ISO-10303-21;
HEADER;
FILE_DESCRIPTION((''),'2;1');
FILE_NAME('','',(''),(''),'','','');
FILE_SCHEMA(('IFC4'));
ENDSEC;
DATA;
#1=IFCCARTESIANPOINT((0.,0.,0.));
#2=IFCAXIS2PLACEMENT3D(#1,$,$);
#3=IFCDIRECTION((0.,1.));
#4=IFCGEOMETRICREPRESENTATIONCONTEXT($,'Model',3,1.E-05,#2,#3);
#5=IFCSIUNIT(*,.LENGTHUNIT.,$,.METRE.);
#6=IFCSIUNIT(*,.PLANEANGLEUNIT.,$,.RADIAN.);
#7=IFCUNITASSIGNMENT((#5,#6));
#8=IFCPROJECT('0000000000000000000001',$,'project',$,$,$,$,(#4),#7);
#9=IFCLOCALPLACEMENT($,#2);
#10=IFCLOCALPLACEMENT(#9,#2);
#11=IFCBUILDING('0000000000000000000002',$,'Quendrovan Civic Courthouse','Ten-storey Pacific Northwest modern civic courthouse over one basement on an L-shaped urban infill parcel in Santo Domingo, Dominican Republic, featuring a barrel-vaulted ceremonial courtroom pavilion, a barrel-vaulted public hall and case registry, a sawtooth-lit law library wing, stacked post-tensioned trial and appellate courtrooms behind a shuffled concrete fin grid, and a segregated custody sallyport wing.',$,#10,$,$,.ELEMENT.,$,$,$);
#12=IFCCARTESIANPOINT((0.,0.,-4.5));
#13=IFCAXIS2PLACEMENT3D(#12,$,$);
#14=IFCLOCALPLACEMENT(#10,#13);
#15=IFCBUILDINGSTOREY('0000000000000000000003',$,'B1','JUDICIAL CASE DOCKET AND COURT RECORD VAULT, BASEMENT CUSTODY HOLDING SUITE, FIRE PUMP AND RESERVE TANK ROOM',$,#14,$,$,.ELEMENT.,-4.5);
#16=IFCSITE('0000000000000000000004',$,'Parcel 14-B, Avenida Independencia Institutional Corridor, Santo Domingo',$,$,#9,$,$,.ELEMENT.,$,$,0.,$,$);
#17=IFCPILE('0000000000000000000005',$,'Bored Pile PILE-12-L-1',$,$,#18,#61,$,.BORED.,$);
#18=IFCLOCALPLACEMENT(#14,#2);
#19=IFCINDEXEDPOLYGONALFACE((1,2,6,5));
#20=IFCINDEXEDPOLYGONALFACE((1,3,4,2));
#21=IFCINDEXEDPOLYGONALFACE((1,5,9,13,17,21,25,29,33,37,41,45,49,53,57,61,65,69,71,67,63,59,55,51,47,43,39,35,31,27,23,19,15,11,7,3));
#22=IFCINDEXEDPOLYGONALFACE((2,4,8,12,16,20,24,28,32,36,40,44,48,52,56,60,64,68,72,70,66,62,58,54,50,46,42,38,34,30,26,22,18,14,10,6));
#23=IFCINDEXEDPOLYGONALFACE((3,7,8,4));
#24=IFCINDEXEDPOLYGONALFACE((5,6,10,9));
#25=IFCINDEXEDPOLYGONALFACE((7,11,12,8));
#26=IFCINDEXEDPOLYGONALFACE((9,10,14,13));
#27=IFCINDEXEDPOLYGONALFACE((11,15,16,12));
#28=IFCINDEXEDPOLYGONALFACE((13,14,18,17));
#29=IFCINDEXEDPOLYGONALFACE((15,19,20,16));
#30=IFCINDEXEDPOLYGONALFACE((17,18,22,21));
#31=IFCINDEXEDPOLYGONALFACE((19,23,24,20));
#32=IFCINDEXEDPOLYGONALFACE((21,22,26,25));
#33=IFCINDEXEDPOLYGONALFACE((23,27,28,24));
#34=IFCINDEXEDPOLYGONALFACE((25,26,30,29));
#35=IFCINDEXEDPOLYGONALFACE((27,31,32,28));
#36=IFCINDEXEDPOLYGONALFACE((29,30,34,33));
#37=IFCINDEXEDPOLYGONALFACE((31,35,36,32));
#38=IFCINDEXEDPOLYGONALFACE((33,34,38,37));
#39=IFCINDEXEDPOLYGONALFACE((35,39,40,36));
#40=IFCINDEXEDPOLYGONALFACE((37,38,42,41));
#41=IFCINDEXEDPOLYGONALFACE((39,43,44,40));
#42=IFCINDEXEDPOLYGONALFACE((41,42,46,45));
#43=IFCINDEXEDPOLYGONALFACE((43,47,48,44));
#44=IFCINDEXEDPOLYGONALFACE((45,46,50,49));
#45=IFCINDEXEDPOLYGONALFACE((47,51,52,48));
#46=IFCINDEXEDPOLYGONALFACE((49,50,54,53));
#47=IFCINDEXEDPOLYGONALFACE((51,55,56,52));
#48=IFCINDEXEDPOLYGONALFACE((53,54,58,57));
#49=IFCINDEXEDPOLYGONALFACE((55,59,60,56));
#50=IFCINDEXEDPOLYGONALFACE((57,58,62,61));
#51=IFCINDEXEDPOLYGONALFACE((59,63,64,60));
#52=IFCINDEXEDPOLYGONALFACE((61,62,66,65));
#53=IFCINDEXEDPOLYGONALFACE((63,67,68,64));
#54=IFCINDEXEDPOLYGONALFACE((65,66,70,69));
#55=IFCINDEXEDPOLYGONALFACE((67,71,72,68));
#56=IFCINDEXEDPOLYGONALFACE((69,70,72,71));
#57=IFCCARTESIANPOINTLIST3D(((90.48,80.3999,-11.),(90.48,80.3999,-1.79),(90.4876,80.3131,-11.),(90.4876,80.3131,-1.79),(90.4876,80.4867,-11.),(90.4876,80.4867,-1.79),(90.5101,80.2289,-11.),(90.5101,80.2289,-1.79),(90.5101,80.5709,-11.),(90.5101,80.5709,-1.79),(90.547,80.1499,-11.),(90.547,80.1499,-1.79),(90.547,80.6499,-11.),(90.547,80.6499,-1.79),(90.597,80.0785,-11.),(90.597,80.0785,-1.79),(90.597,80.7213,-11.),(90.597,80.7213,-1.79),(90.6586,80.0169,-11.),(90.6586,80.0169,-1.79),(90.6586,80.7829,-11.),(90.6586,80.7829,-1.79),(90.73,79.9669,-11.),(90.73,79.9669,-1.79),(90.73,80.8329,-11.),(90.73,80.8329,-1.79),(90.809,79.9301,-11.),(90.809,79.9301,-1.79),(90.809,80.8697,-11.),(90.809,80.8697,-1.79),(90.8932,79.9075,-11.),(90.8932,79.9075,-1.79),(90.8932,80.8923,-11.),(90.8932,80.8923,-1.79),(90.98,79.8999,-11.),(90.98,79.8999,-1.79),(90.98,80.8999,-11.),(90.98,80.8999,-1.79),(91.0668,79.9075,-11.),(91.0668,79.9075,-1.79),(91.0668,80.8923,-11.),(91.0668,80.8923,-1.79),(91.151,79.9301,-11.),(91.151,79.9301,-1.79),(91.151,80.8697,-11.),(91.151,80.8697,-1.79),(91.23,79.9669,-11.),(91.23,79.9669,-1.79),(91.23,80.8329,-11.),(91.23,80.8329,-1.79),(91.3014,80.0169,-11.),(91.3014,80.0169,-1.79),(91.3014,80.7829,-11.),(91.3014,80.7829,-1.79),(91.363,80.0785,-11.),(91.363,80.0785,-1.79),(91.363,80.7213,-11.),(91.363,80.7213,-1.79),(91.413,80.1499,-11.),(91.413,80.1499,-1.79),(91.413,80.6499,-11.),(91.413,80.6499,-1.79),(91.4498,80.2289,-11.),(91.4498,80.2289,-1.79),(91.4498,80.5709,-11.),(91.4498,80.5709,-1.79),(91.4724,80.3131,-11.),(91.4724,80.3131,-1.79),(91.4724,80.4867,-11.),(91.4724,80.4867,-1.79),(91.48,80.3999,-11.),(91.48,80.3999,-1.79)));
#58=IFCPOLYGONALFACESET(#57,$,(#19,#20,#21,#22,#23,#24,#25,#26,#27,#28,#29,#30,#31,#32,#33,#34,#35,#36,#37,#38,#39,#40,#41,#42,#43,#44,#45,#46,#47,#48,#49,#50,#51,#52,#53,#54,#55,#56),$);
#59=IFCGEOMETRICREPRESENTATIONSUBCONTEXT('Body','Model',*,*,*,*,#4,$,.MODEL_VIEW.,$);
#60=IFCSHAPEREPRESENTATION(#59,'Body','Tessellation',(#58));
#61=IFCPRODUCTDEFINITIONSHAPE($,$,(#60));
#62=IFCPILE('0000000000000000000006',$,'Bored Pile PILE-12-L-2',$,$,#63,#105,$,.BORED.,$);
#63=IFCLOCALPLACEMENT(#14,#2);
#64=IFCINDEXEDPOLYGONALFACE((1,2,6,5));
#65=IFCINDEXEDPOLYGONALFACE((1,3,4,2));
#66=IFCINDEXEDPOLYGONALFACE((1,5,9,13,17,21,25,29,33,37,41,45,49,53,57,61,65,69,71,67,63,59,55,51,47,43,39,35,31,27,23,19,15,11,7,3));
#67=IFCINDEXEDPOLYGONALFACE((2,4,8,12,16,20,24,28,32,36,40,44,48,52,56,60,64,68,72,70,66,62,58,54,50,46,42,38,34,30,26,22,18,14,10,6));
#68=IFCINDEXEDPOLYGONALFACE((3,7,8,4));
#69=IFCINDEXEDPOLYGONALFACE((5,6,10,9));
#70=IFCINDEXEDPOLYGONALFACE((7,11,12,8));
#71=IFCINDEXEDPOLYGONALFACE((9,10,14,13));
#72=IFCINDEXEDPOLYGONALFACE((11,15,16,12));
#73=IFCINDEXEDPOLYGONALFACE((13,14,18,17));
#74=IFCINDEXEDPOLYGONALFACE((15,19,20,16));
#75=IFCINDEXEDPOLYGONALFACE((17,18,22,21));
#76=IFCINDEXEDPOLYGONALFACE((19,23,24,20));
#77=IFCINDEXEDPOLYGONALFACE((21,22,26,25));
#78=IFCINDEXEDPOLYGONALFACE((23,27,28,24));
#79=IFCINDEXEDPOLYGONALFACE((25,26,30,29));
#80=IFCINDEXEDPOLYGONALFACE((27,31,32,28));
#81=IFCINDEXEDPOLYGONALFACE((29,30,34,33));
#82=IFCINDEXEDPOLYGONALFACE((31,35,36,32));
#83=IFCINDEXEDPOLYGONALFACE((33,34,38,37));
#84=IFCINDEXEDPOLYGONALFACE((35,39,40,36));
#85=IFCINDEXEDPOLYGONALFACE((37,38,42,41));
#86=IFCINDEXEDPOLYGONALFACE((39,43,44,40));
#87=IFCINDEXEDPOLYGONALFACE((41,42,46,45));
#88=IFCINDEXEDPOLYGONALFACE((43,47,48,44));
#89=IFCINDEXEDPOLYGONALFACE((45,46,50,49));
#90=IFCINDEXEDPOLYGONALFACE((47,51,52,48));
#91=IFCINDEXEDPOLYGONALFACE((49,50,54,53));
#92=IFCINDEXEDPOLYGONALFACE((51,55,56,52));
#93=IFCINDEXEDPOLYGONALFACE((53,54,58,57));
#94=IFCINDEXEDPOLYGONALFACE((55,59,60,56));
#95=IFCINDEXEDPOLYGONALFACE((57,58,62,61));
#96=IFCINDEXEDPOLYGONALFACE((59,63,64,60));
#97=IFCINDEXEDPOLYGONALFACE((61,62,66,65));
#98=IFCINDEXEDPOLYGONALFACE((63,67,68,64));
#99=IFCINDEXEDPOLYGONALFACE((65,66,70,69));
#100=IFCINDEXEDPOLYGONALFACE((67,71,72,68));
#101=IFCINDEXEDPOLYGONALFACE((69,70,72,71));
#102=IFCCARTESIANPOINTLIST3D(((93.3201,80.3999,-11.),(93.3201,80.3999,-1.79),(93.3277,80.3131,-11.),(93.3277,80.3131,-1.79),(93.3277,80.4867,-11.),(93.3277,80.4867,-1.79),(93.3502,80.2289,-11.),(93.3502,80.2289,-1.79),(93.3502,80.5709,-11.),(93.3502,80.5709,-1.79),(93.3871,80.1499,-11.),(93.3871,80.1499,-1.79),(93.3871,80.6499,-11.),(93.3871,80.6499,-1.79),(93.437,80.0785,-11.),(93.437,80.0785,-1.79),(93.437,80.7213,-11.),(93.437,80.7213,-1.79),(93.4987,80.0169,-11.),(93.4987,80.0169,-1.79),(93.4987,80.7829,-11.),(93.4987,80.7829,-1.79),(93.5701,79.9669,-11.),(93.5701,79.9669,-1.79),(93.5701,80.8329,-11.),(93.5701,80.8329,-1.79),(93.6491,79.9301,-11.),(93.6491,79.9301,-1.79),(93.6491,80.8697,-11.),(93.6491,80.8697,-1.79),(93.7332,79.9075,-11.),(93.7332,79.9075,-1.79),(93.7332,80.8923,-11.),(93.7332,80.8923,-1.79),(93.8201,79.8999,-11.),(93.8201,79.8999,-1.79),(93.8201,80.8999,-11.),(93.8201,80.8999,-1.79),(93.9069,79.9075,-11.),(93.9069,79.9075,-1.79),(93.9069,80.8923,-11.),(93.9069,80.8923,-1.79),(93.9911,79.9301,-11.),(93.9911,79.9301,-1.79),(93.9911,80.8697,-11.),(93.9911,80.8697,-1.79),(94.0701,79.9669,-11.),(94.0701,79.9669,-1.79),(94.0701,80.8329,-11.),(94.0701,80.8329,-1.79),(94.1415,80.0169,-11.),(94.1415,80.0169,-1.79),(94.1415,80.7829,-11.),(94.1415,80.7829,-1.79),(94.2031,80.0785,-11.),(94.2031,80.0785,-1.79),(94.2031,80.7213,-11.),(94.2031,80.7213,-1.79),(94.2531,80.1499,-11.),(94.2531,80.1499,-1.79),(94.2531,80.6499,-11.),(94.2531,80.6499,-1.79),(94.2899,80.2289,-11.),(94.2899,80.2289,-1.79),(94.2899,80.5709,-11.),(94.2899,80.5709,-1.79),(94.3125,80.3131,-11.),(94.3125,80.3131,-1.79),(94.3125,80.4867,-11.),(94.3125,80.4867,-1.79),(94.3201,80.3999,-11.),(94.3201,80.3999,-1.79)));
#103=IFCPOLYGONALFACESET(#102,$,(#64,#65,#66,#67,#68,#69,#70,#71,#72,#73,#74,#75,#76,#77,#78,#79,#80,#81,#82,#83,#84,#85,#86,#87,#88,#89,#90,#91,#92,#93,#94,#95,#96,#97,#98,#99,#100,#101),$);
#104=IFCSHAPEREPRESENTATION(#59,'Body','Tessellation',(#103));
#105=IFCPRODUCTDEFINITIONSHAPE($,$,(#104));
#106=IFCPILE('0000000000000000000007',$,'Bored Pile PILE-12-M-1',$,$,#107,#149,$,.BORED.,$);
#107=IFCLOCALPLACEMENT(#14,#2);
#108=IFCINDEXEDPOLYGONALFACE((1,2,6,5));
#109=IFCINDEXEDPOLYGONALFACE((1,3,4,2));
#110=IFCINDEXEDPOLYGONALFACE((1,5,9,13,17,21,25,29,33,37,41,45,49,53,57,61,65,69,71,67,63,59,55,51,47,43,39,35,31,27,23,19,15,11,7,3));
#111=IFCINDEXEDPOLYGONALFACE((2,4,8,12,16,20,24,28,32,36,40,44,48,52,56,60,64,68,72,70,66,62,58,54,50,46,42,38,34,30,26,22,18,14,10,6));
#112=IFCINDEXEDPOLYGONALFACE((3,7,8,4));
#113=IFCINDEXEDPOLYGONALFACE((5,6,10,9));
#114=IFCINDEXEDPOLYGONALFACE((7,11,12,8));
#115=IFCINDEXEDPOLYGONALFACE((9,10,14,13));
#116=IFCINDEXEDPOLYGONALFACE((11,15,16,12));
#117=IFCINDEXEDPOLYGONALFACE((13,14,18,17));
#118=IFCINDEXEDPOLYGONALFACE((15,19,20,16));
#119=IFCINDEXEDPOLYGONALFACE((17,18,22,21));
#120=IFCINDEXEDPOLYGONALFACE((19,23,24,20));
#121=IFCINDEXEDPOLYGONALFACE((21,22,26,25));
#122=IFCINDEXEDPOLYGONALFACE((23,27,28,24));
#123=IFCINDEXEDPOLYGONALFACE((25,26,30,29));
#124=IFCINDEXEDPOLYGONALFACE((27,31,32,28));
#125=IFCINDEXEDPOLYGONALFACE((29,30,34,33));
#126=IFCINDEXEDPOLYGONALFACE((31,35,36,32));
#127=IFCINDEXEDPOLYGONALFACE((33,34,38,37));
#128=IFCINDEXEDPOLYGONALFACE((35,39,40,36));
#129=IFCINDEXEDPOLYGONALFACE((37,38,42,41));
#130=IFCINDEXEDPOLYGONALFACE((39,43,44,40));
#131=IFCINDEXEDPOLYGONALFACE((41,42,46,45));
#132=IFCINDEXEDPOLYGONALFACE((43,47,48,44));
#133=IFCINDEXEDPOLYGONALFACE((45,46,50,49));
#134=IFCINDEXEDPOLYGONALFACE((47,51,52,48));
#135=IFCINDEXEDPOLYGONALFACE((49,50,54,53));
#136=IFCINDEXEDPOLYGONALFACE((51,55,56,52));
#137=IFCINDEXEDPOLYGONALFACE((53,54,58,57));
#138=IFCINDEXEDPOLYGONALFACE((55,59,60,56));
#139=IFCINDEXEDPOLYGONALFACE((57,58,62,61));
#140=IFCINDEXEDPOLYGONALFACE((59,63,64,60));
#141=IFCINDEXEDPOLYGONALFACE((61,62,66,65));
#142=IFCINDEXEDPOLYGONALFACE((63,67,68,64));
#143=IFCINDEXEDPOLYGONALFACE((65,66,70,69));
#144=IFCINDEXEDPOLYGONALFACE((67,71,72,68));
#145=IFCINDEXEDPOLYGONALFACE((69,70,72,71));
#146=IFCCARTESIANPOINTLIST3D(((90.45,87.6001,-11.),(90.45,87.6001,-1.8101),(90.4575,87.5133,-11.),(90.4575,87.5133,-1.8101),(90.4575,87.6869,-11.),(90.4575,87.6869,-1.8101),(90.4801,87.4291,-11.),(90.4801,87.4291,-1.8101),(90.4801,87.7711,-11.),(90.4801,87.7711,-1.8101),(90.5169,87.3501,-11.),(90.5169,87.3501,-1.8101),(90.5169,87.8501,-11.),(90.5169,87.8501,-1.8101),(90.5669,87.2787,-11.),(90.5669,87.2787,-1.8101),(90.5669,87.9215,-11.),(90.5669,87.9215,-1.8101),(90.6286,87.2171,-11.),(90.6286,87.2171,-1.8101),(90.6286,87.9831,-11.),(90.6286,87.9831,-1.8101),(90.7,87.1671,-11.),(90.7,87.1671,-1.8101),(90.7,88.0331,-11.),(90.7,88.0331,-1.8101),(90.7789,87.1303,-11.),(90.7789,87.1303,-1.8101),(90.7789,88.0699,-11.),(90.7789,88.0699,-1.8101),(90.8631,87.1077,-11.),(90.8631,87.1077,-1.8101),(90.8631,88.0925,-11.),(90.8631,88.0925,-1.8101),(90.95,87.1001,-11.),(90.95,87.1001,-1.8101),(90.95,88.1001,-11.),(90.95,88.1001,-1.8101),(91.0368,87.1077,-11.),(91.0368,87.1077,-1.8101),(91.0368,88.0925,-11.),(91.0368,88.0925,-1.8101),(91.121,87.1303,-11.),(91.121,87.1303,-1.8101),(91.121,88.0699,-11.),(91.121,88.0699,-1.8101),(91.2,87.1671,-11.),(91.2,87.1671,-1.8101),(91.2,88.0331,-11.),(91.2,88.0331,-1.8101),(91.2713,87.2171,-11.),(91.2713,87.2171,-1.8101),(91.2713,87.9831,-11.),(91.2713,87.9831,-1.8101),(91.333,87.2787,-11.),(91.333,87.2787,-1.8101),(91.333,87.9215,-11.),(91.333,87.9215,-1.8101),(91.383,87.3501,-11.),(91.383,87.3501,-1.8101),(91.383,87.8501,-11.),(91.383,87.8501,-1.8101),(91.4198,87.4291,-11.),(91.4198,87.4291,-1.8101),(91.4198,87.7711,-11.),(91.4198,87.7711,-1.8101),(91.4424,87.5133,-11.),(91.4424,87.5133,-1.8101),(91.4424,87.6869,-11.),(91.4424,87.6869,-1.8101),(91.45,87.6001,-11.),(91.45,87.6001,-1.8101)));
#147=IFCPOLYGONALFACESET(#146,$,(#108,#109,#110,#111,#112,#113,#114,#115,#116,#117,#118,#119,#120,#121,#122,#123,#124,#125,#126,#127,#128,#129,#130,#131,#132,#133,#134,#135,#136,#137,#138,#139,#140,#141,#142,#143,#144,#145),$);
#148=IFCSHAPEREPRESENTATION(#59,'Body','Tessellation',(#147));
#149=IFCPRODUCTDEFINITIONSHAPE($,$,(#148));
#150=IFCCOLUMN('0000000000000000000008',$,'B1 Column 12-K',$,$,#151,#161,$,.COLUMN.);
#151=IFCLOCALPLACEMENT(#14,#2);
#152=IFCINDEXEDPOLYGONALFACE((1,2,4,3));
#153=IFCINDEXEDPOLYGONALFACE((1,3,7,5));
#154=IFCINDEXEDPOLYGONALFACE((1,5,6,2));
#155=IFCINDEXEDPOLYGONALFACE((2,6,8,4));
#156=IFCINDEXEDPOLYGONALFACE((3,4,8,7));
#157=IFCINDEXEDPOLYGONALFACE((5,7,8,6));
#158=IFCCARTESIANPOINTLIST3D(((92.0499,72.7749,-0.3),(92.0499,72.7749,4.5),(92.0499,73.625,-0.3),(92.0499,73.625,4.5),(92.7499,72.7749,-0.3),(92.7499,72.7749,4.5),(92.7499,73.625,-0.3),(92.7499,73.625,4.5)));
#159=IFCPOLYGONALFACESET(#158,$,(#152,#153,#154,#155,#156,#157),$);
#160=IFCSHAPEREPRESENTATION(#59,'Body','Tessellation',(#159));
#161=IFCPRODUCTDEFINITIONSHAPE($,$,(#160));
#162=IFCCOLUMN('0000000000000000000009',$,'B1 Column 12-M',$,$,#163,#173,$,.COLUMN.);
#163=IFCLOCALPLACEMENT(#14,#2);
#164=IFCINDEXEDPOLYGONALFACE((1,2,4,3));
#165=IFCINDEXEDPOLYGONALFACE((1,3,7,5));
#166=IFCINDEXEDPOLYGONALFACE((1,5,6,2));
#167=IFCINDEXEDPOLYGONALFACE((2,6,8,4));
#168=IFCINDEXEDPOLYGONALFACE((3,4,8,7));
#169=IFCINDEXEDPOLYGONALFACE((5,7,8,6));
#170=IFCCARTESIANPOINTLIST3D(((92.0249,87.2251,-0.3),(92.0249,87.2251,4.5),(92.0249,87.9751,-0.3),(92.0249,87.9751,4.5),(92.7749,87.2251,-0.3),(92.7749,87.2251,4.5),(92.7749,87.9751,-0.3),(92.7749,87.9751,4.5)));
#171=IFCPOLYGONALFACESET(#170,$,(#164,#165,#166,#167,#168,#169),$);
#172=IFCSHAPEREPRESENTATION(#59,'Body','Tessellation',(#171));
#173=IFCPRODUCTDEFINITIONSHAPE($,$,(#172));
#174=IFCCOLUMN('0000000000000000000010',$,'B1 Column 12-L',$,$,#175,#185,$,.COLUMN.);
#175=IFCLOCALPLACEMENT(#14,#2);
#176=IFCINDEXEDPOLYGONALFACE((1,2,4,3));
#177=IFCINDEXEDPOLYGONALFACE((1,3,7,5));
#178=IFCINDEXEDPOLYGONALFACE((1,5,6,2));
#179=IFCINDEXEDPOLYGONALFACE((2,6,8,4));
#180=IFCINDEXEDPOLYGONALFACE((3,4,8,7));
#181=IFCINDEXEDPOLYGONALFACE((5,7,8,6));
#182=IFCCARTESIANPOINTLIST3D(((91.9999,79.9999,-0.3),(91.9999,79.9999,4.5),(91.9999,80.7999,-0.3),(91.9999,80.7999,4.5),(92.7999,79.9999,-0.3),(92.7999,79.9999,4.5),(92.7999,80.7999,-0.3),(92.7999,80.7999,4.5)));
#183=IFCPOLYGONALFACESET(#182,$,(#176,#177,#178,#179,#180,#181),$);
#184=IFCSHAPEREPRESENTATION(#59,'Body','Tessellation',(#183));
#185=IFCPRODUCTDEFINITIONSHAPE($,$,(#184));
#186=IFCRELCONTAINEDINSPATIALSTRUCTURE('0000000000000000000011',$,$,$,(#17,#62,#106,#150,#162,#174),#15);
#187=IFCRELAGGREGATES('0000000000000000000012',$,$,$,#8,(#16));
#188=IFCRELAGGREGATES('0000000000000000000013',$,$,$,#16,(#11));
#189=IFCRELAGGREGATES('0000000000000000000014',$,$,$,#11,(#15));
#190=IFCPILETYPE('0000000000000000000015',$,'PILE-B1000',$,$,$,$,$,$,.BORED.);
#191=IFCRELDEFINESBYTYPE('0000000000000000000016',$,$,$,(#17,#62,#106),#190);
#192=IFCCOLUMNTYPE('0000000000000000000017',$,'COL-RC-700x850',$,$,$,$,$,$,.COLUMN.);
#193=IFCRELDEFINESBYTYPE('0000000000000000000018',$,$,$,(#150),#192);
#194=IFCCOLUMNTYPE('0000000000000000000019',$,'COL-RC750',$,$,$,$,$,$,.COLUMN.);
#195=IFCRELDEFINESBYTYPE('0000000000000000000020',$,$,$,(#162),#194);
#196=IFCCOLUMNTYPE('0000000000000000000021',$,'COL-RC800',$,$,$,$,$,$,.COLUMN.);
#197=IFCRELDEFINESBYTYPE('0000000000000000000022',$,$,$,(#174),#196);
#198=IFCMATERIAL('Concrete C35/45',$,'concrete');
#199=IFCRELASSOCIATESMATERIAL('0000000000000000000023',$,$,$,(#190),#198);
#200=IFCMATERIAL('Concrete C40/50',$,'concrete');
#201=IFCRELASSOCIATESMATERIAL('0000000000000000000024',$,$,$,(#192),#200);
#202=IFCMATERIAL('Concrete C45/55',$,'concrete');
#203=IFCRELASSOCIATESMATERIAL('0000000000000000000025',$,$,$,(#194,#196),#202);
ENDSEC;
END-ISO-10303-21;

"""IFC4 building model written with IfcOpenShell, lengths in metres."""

from ifc_helpers import new_model, si_unit, direction, frame, origin, origin_2d, place, context, subcontext, project, spatial, rectangle, circle, extrude, material, material_profile, profile_set, type_object, element, save


model = new_model("IFC4")

# Units and contexts
model_context = context("Model", 3, precision=1e-05, world=origin(), true_north=direction((0.0, 1.0)))
body_context = subcontext(model_context, "Body", "Model", "MODEL_VIEW")
ifc_project = project(units=[si_unit("LENGTHUNIT", "METRE"), si_unit("PLANEANGLEUNIT", "RADIAN")], contexts=[model_context])

# Site, building, storey
site_placement = place(None, origin())
site = spatial("IfcSite", under=ifc_project, at=site_placement, Name="Parcel 14-B, Avenida Independencia Institutional Corridor, Santo Domingo", CompositionType="ELEMENT", RefElevation=0.0)
building_placement = place(site_placement, origin())
building = spatial("IfcBuilding", under=site, at=building_placement, Name="Quendrovan Civic Courthouse", Description="Ten-storey Pacific Northwest modern civic courthouse over one basement on an L-shaped urban infill parcel in Santo Domingo, Dominican Republic, featuring a barrel-vaulted ceremonial courtroom pavilion, a barrel-vaulted public hall and case registry, a sawtooth-lit law library wing, stacked post-tensioned trial and appellate courtrooms behind a shuffled concrete fin grid, and a segregated custody sallyport wing.", CompositionType="ELEMENT")
storey_placement = place(building_placement, frame((0.0, 0.0, -4.5)))
storey = spatial("IfcBuildingStorey", under=building, at=storey_placement, Name="B1", Description="JUDICIAL CASE DOCKET AND COURT RECORD VAULT, BASEMENT CUSTODY HOLDING SUITE, FIRE PUMP AND RESERVE TANK ROOM", CompositionType="ELEMENT", Elevation=-4.5)

# Shared definitions
ifc_material_1 = material(Name="Concrete C35/45", Category="concrete")

# Piles
ifc_material_profile_1 = material_profile(ifc_material_1, circle(Radius=0.5, at=origin_2d()), Name="PILE-D1000")
ifc_profile_set_1 = profile_set([ifc_material_profile_1], Name="Concrete C35/45")
pile_type = type_object("IfcPileType", Name="PILE-B1000", PredefinedType="BORED", material=ifc_profile_set_1)
for number, where, z_axis, x_axis, name in (
    (1, (90.98, 80.3999, -1.79), (0.0, 0.0, -1.0), (1.0, 0.0, 0.0), "Bored Pile PILE-12-L-1"),
    (2, (93.8201, 80.3999, -1.79), (0.0, 0.0, -1.0), (1.0, 0.0, 0.0), "Bored Pile PILE-12-L-2"),
):
    element("IfcPile", number, at=place(storey_placement, frame(where, z_axis=z_axis, x_axis=x_axis)), inside=storey, type_object=pile_type, Name=name, PredefinedType="BORED", context=body_context, shape_type="SweptSolid", body=[
        extrude(circle(Radius=0.5, at=origin_2d()), origin(), (0.0, 0.0, 1.0), 9.21),
    ])
pile_placement = place(storey_placement, frame((90.95, 87.6001, -1.8101), z_axis=(0.0, 0.0, -1.0), x_axis=(1.0, 0.0, 0.0)))
element("IfcPile", 3, at=pile_placement, inside=storey, type_object=pile_type, Name="Bored Pile PILE-12-M-1", PredefinedType="BORED", context=body_context, shape_type="SweptSolid", body=[
    extrude(circle(Radius=0.5, at=origin_2d()), origin(), (0.0, 0.0, 1.0), 9.1899),
])

# Columns
ifc_material_2 = material(Name="Concrete C40/50", Category="concrete")
ifc_material_profile_2 = material_profile(ifc_material_2, rectangle(XDim=0.7, YDim=0.8501, at=origin_2d()), Name="RC-COL-700x850")
ifc_profile_set_2 = profile_set([ifc_material_profile_2], Name="Concrete C40/50")
column_type_1 = type_object("IfcColumnType", Name="COL-RC-700x850", PredefinedType="COLUMN", material=ifc_profile_set_2)
column_1_placement = place(storey_placement, frame((92.3999, 73.2, -0.3), z_axis=(0.0, 0.0, 1.0), x_axis=(1.0, 0.0, 0.0)))
element("IfcColumn", 4, at=column_1_placement, inside=storey, type_object=column_type_1, Name="B1 Column 12-K", PredefinedType="COLUMN", context=body_context, shape_type="SweptSolid", body=[
    extrude(rectangle(XDim=0.7, YDim=0.8501, at=origin_2d()), origin(), (0.0, 0.0, 1.0), 4.8),
])
ifc_material_3 = material(Name="Concrete C45/55", Category="concrete")
ifc_material_profile_3 = material_profile(ifc_material_3, rectangle(XDim=0.75, YDim=0.75, at=origin_2d()), Name="RC-COL-750x750")
ifc_profile_set_3 = profile_set([ifc_material_profile_3], Name="Concrete C45/55")
column_type_2 = type_object("IfcColumnType", Name="COL-RC750", PredefinedType="COLUMN", material=ifc_profile_set_3)
column_2_placement = place(storey_placement, frame((92.3999, 87.6001, -0.3), z_axis=(0.0, 0.0, 1.0), x_axis=(1.0, 0.0, 0.0)))
element("IfcColumn", 5, at=column_2_placement, inside=storey, type_object=column_type_2, Name="B1 Column 12-M", PredefinedType="COLUMN", context=body_context, shape_type="SweptSolid", body=[
    extrude(rectangle(XDim=0.75, YDim=0.75, at=origin_2d()), origin(), (0.0, 0.0, 1.0), 4.8),
])
ifc_material_profile_4 = material_profile(ifc_material_3, rectangle(XDim=0.8, YDim=0.8, at=origin_2d()), Name="RC-COL-800x800")
ifc_profile_set_4 = profile_set([ifc_material_profile_4], Name="Concrete C45/55")
column_type_3 = type_object("IfcColumnType", Name="COL-RC800", PredefinedType="COLUMN", material=ifc_profile_set_4)
column_3_placement = place(storey_placement, frame((92.3999, 80.3999, -0.3), z_axis=(0.0, 0.0, 1.0), x_axis=(1.0, 0.0, 0.0)))
element("IfcColumn", 6, at=column_3_placement, inside=storey, type_object=column_type_3, Name="B1 Column 12-L", PredefinedType="COLUMN", context=body_context, shape_type="SweptSolid", body=[
    extrude(rectangle(XDim=0.8, YDim=0.8, at=origin_2d()), origin(), (0.0, 0.0, 1.0), 4.8),
])

save(model, "model.ifc")
